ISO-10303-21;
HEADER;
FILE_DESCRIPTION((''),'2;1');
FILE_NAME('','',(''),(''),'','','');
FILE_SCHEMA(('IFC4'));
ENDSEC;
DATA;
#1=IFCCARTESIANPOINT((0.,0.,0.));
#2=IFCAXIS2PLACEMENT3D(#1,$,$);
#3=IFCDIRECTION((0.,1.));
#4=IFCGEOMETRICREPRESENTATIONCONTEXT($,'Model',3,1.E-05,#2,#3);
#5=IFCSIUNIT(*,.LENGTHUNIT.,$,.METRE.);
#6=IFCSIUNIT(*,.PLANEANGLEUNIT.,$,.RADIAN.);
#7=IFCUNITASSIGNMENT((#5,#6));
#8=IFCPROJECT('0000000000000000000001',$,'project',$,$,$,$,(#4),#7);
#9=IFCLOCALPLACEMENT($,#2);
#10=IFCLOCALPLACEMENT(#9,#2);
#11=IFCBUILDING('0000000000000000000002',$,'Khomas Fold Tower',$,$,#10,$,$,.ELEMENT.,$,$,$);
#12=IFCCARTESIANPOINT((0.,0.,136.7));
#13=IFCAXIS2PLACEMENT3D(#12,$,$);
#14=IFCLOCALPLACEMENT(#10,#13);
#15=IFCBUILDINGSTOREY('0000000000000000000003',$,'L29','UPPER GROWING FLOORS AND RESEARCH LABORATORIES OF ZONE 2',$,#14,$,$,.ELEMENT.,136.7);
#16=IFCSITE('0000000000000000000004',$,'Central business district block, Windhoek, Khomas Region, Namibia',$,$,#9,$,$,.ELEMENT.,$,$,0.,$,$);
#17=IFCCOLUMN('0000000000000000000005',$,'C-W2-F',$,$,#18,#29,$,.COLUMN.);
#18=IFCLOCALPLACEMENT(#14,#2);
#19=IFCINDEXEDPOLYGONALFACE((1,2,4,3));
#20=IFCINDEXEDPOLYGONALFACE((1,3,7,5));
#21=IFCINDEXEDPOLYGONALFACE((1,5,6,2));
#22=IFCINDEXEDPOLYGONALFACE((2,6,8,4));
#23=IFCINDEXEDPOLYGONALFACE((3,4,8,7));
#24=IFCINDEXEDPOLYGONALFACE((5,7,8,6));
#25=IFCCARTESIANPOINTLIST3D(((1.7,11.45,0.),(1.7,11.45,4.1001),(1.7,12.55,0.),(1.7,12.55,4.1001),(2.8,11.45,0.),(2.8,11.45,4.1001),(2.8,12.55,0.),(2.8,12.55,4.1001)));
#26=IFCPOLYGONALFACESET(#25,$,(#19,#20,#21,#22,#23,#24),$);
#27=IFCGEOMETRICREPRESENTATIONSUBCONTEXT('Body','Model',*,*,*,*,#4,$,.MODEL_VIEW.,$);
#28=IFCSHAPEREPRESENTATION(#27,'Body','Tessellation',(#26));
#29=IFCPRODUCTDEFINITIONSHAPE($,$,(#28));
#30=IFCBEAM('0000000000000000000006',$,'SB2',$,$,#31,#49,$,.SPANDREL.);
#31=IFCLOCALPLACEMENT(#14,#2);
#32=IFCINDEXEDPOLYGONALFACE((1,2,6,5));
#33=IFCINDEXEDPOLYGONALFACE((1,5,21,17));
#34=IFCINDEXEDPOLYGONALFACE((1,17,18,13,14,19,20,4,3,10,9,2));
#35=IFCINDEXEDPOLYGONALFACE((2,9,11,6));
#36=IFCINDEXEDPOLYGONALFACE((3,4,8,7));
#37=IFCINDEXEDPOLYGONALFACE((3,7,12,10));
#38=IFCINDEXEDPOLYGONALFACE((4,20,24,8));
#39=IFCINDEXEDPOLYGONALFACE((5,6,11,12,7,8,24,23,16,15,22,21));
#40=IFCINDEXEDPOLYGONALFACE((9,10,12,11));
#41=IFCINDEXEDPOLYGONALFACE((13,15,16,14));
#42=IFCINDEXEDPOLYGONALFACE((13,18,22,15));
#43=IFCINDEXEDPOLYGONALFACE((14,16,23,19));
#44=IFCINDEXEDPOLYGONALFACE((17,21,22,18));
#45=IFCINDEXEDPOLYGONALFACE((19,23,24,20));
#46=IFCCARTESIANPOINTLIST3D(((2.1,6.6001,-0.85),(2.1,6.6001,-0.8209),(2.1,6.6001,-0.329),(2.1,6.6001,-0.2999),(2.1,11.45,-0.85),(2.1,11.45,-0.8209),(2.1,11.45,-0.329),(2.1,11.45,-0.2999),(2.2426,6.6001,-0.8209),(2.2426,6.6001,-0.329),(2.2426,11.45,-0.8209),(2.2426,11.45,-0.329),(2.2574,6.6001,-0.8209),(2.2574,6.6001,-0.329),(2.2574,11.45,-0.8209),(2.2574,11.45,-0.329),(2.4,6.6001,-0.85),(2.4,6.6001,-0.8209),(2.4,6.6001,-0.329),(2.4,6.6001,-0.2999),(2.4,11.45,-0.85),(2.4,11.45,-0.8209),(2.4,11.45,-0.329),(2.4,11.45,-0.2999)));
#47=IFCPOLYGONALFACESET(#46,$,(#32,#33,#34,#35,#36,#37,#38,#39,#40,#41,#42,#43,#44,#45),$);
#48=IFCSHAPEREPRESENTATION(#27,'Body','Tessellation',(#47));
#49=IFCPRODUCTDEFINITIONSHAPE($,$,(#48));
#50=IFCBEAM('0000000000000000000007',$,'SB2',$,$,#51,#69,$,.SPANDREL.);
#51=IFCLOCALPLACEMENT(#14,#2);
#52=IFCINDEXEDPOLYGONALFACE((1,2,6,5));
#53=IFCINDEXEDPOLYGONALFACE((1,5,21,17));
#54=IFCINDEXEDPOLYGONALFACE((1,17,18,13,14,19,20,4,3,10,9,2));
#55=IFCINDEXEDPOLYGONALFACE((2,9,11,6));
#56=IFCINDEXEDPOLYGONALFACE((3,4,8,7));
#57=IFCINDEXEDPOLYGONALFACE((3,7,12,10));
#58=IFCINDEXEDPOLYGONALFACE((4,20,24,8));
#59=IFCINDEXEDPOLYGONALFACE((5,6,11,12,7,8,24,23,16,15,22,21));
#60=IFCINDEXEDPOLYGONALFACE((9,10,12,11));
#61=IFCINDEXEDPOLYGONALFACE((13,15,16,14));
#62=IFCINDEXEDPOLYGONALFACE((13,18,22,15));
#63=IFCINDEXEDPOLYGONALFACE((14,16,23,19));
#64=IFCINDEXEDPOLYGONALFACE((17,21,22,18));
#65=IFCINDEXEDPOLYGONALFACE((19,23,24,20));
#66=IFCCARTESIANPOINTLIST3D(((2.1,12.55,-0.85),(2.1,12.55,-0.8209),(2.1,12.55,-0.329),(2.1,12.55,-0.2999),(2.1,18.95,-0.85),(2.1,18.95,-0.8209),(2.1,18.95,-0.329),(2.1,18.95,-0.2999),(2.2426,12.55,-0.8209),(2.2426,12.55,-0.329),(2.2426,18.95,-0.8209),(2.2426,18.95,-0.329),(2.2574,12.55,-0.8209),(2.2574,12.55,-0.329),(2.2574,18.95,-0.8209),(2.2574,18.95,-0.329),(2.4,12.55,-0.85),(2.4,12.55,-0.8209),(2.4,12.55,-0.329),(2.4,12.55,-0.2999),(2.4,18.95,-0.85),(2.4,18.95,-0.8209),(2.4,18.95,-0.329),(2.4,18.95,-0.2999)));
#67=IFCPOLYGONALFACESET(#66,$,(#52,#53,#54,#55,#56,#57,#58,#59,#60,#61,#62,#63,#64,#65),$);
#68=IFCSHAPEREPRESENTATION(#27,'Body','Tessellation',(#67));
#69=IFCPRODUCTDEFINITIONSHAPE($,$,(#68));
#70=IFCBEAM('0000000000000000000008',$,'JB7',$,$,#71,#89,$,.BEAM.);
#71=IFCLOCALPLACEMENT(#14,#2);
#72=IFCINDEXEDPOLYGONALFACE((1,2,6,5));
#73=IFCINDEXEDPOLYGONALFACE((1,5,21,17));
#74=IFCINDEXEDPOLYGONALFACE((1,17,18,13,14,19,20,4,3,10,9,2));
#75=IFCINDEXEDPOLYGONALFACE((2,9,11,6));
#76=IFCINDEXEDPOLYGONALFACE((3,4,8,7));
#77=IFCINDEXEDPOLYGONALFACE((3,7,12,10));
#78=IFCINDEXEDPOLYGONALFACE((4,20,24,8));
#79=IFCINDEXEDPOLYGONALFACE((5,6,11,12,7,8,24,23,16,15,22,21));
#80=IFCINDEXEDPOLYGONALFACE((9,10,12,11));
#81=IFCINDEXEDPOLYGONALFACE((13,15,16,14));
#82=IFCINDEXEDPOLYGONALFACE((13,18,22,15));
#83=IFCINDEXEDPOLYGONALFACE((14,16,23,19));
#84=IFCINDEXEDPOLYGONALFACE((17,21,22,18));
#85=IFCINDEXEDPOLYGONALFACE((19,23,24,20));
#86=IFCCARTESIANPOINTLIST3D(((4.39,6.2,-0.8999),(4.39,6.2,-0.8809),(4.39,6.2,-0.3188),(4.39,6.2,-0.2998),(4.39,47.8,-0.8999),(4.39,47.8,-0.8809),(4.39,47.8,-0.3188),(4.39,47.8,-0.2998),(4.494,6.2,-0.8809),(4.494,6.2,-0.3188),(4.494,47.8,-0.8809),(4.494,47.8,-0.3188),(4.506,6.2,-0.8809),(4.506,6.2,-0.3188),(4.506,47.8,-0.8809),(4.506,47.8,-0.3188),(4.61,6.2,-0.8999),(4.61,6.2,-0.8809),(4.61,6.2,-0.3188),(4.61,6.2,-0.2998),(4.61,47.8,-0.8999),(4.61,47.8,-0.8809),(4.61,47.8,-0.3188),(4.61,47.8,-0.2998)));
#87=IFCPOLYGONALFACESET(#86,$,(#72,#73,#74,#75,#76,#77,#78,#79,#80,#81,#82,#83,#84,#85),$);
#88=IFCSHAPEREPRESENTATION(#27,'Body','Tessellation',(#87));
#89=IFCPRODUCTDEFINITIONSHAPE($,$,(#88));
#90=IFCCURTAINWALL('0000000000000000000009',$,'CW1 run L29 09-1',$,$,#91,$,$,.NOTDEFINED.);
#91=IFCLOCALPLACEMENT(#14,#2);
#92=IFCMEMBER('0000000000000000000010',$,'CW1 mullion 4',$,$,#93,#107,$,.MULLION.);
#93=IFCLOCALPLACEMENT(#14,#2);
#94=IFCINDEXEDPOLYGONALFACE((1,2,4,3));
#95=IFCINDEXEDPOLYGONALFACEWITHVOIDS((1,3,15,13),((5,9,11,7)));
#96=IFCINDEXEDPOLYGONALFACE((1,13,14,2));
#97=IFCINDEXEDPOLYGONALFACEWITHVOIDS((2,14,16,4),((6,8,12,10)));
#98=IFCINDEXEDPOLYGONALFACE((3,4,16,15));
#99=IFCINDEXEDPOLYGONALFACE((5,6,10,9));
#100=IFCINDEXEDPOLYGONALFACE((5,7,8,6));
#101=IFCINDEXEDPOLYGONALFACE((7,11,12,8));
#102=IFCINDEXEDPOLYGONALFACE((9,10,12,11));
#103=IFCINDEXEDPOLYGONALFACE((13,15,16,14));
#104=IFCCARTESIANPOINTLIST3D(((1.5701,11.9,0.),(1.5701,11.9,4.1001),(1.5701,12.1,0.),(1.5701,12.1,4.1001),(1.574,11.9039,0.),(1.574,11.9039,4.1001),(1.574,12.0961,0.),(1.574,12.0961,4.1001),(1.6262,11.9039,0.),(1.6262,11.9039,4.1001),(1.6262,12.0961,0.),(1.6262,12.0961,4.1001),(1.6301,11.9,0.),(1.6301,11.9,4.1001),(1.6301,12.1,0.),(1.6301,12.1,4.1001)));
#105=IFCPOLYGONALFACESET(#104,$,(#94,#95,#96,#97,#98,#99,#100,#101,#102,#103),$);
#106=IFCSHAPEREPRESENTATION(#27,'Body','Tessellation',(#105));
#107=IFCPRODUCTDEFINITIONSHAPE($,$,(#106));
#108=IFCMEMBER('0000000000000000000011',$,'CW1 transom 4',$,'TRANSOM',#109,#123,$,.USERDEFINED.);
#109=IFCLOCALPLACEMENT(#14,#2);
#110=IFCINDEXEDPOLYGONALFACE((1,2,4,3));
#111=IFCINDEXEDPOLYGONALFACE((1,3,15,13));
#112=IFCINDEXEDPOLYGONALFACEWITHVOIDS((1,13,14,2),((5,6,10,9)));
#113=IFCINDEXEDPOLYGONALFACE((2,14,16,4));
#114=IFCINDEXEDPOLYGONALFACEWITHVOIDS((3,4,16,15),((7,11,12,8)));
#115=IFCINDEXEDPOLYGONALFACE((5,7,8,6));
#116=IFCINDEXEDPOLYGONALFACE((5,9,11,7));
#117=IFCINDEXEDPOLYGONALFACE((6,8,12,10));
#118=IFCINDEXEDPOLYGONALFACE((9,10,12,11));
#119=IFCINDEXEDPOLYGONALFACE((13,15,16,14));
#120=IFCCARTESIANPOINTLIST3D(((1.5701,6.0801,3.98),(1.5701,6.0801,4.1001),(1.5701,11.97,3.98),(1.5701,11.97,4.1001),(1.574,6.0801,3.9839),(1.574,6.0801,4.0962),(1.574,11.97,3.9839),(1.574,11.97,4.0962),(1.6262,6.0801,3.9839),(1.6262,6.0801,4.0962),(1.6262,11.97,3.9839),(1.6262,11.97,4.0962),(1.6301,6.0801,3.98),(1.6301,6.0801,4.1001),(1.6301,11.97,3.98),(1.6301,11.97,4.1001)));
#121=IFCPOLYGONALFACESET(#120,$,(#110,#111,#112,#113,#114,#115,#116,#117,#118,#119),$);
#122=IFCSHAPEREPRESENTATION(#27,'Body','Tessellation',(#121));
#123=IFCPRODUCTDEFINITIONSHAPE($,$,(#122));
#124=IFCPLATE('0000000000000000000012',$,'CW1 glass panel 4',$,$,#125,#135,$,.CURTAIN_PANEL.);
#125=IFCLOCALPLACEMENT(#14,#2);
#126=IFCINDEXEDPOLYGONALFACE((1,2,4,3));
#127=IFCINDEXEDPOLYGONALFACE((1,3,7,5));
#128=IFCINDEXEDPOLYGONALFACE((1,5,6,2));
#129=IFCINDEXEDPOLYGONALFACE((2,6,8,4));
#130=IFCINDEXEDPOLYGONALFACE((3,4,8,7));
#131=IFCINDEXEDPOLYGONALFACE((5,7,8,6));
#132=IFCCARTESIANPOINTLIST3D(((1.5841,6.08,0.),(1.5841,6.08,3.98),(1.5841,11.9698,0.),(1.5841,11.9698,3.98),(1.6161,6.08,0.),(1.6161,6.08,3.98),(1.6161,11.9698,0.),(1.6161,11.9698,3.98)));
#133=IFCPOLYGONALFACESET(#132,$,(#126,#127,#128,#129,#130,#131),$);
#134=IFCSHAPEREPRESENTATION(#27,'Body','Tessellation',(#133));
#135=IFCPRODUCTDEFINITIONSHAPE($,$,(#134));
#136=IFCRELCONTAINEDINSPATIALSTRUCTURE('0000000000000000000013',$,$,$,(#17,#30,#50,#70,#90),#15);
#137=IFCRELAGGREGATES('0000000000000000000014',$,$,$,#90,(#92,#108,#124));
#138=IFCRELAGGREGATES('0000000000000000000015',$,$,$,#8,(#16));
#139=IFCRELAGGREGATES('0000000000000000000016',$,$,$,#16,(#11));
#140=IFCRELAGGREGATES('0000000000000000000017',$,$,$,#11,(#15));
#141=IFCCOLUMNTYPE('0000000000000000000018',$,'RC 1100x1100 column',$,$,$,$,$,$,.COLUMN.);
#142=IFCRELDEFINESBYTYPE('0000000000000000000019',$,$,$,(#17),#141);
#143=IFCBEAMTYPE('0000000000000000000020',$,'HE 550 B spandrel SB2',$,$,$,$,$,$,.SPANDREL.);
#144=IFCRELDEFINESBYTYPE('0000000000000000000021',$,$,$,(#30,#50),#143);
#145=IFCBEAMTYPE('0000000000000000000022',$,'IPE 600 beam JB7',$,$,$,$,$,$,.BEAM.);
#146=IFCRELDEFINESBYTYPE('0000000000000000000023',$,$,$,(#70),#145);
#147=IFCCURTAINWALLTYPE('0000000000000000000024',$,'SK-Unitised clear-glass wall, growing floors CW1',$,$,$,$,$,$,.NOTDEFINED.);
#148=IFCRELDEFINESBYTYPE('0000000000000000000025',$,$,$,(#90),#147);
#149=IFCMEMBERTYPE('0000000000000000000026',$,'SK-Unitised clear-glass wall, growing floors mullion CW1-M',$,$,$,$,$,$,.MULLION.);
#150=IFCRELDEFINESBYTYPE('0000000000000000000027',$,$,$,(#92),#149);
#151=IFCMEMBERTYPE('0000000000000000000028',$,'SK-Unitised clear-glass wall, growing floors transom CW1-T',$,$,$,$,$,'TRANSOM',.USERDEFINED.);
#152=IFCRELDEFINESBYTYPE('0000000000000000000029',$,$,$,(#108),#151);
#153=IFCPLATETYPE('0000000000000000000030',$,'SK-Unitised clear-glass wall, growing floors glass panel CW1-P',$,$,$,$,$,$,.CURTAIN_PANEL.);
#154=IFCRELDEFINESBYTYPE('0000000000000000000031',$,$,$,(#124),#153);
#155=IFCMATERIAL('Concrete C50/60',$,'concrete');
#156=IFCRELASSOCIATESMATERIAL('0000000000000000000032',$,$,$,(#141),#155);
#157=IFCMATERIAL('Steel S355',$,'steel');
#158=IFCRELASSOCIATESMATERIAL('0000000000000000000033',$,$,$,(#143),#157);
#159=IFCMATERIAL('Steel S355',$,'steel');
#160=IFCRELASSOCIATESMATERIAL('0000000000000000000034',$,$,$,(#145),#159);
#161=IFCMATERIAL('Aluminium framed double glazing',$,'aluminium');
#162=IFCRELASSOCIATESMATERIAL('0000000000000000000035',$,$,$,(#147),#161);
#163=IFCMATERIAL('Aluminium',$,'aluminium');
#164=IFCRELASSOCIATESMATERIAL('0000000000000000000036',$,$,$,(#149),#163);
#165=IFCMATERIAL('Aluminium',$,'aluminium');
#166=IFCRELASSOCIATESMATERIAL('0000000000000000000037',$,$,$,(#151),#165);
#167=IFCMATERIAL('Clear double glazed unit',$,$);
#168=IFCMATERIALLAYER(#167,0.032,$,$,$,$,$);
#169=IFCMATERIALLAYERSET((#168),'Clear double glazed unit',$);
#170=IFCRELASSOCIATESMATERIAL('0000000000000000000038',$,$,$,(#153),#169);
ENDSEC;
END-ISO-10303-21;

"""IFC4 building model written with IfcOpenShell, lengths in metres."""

from ifc_helpers import new_model, si_unit, direction, frame, origin, origin_2d, place, context, subcontext, project, spatial, rectangle, hollow_rectangle, i_section, extrude, source, transform, mapped, material, layer, layer_set, material_profile, profile_set, type_object, element, aggregate, save


model = new_model("IFC4")

# Units and contexts
model_context = context("Model", 3, precision=1e-05, world=origin(), true_north=direction((0.0, 1.0)))
body_context = subcontext(model_context, "Body", "Model", "MODEL_VIEW")
ifc_project = project(units=[si_unit("LENGTHUNIT", "METRE"), si_unit("PLANEANGLEUNIT", "RADIAN")], contexts=[model_context])

# Site, building, storey
site_placement = place(None, origin())
site = spatial("IfcSite", under=ifc_project, at=site_placement, Name="Central business district block, Windhoek, Khomas Region, Namibia", CompositionType="ELEMENT", RefElevation=0.0)
building_placement = place(site_placement, origin())
building = spatial("IfcBuilding", under=site, at=building_placement, Name="Khomas Fold Tower", CompositionType="ELEMENT")
storey_placement = place(building_placement, frame((0.0, 0.0, 136.7)))
storey = spatial("IfcBuildingStorey", under=building, at=storey_placement, Name="L29", Description="UPPER GROWING FLOORS AND RESEARCH LABORATORIES OF ZONE 2", CompositionType="ELEMENT", Elevation=136.7)

# Column
ifc_material_1 = material(Name="Concrete C50/60", Category="concrete")
ifc_material_profile_1 = material_profile(ifc_material_1, rectangle(XDim=1.1001, YDim=1.1001, at=origin_2d()), Name="RC 1100x1100")
ifc_profile_set_1 = profile_set([ifc_material_profile_1], Name="Concrete C50/60")
column_type = type_object("IfcColumnType", Name="RC 1100x1100 column", PredefinedType="COLUMN", material=ifc_profile_set_1)
shared_shape_1 = source(origin(), body_context, "Body", "SweptSolid", [
    extrude(rectangle(XDim=1.1001, YDim=1.1001, at=origin_2d()), origin(), (0.0, 0.0, 1.0), 4.1001),
])
column_placement = place(storey_placement, frame((2.25, 12.0, 0.0), z_axis=(0.0, 0.0, 1.0), x_axis=(1.0, 0.0, 0.0)))
element("IfcColumn", 1, at=column_placement, inside=storey, type_object=column_type, Name="C-W2-F", PredefinedType="COLUMN", context=body_context, shape_type="MappedRepresentation", body=[
    mapped(shared_shape_1, transform((0.0, 0.0, 0.0))),
])

# Beams
ifc_material_2 = material(Name="Steel S355", Category="steel")
ifc_material_profile_2 = material_profile(ifc_material_2, i_section(OverallWidth=0.3, OverallDepth=0.55, WebThickness=0.0149, FlangeThickness=0.0291, at=origin_2d()), Name="HE 550 B")
ifc_profile_set_2 = profile_set([ifc_material_profile_2], Name="Steel S355")
beam_type_1 = type_object("IfcBeamType", Name="HE 550 B spandrel SB2", PredefinedType="SPANDREL", material=ifc_profile_set_2)
shared_shape_2 = source(origin(), body_context, "Body", "SweptSolid", [
    extrude(i_section(OverallWidth=0.3, OverallDepth=0.55, WebThickness=0.0149, FlangeThickness=0.0291, at=origin_2d()), origin(), (0.0, 0.0, 1.0), 4.8499),
])
beam_1_placement = place(storey_placement, frame((2.25, 6.6001, -0.575), z_axis=(0.0, 1.0, 0.0), x_axis=(-1.0, 0.0, 0.0)))
element("IfcBeam", 2, at=beam_1_placement, inside=storey, type_object=beam_type_1, Name="SB2", PredefinedType="SPANDREL", context=body_context, shape_type="MappedRepresentation", body=[
    mapped(shared_shape_2, transform((0.0, 0.0, 0.0))),
])
shared_shape_3 = source(origin(), body_context, "Body", "SweptSolid", [
    extrude(i_section(OverallWidth=0.3, OverallDepth=0.55, WebThickness=0.0149, FlangeThickness=0.0291, at=origin_2d()), origin(), (0.0, 0.0, 1.0), 6.3999),
])
beam_2_placement = place(storey_placement, frame((2.25, 12.55, -0.575), z_axis=(0.0, 1.0, 0.0), x_axis=(-1.0, 0.0, 0.0)))
element("IfcBeam", 3, at=beam_2_placement, inside=storey, type_object=beam_type_1, Name="SB2", PredefinedType="SPANDREL", context=body_context, shape_type="MappedRepresentation", body=[
    mapped(shared_shape_3, transform((0.0, 0.0, 0.0))),
])
ifc_material_3 = material(Name="Steel S355", Category="steel")
ifc_material_profile_3 = material_profile(ifc_material_3, i_section(OverallWidth=0.22, OverallDepth=0.6001, WebThickness=0.012, FlangeThickness=0.019, at=origin_2d()), Name="IPE 600")
ifc_profile_set_3 = profile_set([ifc_material_profile_3], Name="Steel S355")
beam_type_2 = type_object("IfcBeamType", Name="IPE 600 beam JB7", PredefinedType="BEAM", material=ifc_profile_set_3)
shared_shape_4 = source(origin(), body_context, "Body", "SweptSolid", [
    extrude(i_section(OverallWidth=0.22, OverallDepth=0.6001, WebThickness=0.012, FlangeThickness=0.019, at=origin_2d()), origin(), (0.0, 0.0, 1.0), 41.6001),
])
beam_3_placement = place(storey_placement, frame((4.5, 6.2, -0.5999), z_axis=(0.0, 1.0, 0.0), x_axis=(-1.0, 0.0, 0.0)))
element("IfcBeam", 4, at=beam_3_placement, inside=storey, type_object=beam_type_2, Name="JB7", PredefinedType="BEAM", context=body_context, shape_type="MappedRepresentation", body=[
    mapped(shared_shape_4, transform((0.0, 0.0, 0.0))),
])

# Curtain wall, members, plate
ifc_material_4 = material(Name="Aluminium framed double glazing", Category="aluminium")
curtain_wall_type = type_object("IfcCurtainWallType", Name="SK-Unitised clear-glass wall, growing floors CW1", PredefinedType="NOTDEFINED", material=ifc_material_4)
curtain_wall_placement = place(storey_placement, origin())
curtain_wall = element("IfcCurtainWall", 5, at=curtain_wall_placement, inside=storey, type_object=curtain_wall_type, Name="CW1 run L29 09-1", PredefinedType="NOTDEFINED")
ifc_material_5 = material(Name="Aluminium", Category="aluminium")
ifc_material_profile_4 = material_profile(ifc_material_5, hollow_rectangle(XDim=0.0601, YDim=0.2, WallThickness=0.0039, at=origin_2d()), Name="SK-Unitised clear-glass wall, growing floors mullion CW1-M")
ifc_profile_set_4 = profile_set([ifc_material_profile_4], Name="Aluminium")
member_type_1 = type_object("IfcMemberType", Name="SK-Unitised clear-glass wall, growing floors mullion CW1-M", PredefinedType="MULLION", material=ifc_profile_set_4)
shared_shape_5 = source(origin(), body_context, "Body", "SweptSolid", [
    extrude(hollow_rectangle(XDim=0.0601, YDim=0.2, WallThickness=0.0039, at=origin_2d()), origin(), (0.0, 0.0, 1.0), 4.1001),
])
member_1_placement = place(storey_placement, frame((1.6001, 12.0, 0.0), z_axis=(0.0, 0.0, 1.0), x_axis=(1.0, 0.0, 0.0)))
member_1 = element("IfcMember", 6, at=member_1_placement, type_object=member_type_1, Name="CW1 mullion 4", PredefinedType="MULLION", context=body_context, shape_type="MappedRepresentation", body=[
    mapped(shared_shape_5, transform((0.0, 0.0, 0.0))),
])
ifc_material_6 = material(Name="Aluminium", Category="aluminium")
ifc_material_profile_5 = material_profile(ifc_material_6, hollow_rectangle(XDim=0.0601, YDim=0.1201, WallThickness=0.0039, at=origin_2d()), Name="SK-Unitised clear-glass wall, growing floors transom CW1-T")
ifc_profile_set_5 = profile_set([ifc_material_profile_5], Name="Aluminium")
member_type_2 = type_object("IfcMemberType", Name="SK-Unitised clear-glass wall, growing floors transom CW1-T", ElementType="TRANSOM", PredefinedType="USERDEFINED", material=ifc_profile_set_5)
shared_shape_6 = source(origin(), body_context, "Body", "SweptSolid", [
    extrude(hollow_rectangle(XDim=0.0601, YDim=0.1201, WallThickness=0.0039, at=origin_2d()), origin(), (0.0, 0.0, 1.0), 5.8899),
])
member_2_placement = place(storey_placement, frame((1.6001, 11.97, 4.04), z_axis=(0.0, -1.0, 0.0), x_axis=(1.0, 0.0, 0.0)))
member_2 = element("IfcMember", 7, at=member_2_placement, type_object=member_type_2, Name="CW1 transom 4", ObjectType="TRANSOM", PredefinedType="USERDEFINED", context=body_context, shape_type="MappedRepresentation", body=[
    mapped(shared_shape_6, transform((0.0, 0.0, 0.0))),
])
ifc_material_7 = material(Name="Clear double glazed unit")
ifc_layer_1 = layer(ifc_material_7, 0.032)
ifc_layer_set_1 = layer_set([ifc_layer_1], Name="Clear double glazed unit")
plate_type = type_object("IfcPlateType", Name="SK-Unitised clear-glass wall, growing floors glass panel CW1-P", PredefinedType="CURTAIN_PANEL", material=ifc_layer_set_1)
shared_shape_7 = source(origin(), body_context, "Body", "SweptSolid", [
    extrude(rectangle(XDim=5.8899, YDim=0.032, at=origin_2d()), origin(), (0.0, 0.0, 1.0), 3.98),
])
plate_placement = place(storey_placement, frame((1.6001, 9.0249, 0.0), z_axis=(0.0, 0.0, 1.0), x_axis=(0.0, -1.0, 0.0)))
plate = element("IfcPlate", 8, at=plate_placement, type_object=plate_type, Name="CW1 glass panel 4", PredefinedType="CURTAIN_PANEL", context=body_context, shape_type="MappedRepresentation", body=[
    mapped(shared_shape_7, transform((0.0, 0.0, 0.0))),
])
aggregate(curtain_wall, [member_1, member_2, plate])

save(model, "model.ifc")
